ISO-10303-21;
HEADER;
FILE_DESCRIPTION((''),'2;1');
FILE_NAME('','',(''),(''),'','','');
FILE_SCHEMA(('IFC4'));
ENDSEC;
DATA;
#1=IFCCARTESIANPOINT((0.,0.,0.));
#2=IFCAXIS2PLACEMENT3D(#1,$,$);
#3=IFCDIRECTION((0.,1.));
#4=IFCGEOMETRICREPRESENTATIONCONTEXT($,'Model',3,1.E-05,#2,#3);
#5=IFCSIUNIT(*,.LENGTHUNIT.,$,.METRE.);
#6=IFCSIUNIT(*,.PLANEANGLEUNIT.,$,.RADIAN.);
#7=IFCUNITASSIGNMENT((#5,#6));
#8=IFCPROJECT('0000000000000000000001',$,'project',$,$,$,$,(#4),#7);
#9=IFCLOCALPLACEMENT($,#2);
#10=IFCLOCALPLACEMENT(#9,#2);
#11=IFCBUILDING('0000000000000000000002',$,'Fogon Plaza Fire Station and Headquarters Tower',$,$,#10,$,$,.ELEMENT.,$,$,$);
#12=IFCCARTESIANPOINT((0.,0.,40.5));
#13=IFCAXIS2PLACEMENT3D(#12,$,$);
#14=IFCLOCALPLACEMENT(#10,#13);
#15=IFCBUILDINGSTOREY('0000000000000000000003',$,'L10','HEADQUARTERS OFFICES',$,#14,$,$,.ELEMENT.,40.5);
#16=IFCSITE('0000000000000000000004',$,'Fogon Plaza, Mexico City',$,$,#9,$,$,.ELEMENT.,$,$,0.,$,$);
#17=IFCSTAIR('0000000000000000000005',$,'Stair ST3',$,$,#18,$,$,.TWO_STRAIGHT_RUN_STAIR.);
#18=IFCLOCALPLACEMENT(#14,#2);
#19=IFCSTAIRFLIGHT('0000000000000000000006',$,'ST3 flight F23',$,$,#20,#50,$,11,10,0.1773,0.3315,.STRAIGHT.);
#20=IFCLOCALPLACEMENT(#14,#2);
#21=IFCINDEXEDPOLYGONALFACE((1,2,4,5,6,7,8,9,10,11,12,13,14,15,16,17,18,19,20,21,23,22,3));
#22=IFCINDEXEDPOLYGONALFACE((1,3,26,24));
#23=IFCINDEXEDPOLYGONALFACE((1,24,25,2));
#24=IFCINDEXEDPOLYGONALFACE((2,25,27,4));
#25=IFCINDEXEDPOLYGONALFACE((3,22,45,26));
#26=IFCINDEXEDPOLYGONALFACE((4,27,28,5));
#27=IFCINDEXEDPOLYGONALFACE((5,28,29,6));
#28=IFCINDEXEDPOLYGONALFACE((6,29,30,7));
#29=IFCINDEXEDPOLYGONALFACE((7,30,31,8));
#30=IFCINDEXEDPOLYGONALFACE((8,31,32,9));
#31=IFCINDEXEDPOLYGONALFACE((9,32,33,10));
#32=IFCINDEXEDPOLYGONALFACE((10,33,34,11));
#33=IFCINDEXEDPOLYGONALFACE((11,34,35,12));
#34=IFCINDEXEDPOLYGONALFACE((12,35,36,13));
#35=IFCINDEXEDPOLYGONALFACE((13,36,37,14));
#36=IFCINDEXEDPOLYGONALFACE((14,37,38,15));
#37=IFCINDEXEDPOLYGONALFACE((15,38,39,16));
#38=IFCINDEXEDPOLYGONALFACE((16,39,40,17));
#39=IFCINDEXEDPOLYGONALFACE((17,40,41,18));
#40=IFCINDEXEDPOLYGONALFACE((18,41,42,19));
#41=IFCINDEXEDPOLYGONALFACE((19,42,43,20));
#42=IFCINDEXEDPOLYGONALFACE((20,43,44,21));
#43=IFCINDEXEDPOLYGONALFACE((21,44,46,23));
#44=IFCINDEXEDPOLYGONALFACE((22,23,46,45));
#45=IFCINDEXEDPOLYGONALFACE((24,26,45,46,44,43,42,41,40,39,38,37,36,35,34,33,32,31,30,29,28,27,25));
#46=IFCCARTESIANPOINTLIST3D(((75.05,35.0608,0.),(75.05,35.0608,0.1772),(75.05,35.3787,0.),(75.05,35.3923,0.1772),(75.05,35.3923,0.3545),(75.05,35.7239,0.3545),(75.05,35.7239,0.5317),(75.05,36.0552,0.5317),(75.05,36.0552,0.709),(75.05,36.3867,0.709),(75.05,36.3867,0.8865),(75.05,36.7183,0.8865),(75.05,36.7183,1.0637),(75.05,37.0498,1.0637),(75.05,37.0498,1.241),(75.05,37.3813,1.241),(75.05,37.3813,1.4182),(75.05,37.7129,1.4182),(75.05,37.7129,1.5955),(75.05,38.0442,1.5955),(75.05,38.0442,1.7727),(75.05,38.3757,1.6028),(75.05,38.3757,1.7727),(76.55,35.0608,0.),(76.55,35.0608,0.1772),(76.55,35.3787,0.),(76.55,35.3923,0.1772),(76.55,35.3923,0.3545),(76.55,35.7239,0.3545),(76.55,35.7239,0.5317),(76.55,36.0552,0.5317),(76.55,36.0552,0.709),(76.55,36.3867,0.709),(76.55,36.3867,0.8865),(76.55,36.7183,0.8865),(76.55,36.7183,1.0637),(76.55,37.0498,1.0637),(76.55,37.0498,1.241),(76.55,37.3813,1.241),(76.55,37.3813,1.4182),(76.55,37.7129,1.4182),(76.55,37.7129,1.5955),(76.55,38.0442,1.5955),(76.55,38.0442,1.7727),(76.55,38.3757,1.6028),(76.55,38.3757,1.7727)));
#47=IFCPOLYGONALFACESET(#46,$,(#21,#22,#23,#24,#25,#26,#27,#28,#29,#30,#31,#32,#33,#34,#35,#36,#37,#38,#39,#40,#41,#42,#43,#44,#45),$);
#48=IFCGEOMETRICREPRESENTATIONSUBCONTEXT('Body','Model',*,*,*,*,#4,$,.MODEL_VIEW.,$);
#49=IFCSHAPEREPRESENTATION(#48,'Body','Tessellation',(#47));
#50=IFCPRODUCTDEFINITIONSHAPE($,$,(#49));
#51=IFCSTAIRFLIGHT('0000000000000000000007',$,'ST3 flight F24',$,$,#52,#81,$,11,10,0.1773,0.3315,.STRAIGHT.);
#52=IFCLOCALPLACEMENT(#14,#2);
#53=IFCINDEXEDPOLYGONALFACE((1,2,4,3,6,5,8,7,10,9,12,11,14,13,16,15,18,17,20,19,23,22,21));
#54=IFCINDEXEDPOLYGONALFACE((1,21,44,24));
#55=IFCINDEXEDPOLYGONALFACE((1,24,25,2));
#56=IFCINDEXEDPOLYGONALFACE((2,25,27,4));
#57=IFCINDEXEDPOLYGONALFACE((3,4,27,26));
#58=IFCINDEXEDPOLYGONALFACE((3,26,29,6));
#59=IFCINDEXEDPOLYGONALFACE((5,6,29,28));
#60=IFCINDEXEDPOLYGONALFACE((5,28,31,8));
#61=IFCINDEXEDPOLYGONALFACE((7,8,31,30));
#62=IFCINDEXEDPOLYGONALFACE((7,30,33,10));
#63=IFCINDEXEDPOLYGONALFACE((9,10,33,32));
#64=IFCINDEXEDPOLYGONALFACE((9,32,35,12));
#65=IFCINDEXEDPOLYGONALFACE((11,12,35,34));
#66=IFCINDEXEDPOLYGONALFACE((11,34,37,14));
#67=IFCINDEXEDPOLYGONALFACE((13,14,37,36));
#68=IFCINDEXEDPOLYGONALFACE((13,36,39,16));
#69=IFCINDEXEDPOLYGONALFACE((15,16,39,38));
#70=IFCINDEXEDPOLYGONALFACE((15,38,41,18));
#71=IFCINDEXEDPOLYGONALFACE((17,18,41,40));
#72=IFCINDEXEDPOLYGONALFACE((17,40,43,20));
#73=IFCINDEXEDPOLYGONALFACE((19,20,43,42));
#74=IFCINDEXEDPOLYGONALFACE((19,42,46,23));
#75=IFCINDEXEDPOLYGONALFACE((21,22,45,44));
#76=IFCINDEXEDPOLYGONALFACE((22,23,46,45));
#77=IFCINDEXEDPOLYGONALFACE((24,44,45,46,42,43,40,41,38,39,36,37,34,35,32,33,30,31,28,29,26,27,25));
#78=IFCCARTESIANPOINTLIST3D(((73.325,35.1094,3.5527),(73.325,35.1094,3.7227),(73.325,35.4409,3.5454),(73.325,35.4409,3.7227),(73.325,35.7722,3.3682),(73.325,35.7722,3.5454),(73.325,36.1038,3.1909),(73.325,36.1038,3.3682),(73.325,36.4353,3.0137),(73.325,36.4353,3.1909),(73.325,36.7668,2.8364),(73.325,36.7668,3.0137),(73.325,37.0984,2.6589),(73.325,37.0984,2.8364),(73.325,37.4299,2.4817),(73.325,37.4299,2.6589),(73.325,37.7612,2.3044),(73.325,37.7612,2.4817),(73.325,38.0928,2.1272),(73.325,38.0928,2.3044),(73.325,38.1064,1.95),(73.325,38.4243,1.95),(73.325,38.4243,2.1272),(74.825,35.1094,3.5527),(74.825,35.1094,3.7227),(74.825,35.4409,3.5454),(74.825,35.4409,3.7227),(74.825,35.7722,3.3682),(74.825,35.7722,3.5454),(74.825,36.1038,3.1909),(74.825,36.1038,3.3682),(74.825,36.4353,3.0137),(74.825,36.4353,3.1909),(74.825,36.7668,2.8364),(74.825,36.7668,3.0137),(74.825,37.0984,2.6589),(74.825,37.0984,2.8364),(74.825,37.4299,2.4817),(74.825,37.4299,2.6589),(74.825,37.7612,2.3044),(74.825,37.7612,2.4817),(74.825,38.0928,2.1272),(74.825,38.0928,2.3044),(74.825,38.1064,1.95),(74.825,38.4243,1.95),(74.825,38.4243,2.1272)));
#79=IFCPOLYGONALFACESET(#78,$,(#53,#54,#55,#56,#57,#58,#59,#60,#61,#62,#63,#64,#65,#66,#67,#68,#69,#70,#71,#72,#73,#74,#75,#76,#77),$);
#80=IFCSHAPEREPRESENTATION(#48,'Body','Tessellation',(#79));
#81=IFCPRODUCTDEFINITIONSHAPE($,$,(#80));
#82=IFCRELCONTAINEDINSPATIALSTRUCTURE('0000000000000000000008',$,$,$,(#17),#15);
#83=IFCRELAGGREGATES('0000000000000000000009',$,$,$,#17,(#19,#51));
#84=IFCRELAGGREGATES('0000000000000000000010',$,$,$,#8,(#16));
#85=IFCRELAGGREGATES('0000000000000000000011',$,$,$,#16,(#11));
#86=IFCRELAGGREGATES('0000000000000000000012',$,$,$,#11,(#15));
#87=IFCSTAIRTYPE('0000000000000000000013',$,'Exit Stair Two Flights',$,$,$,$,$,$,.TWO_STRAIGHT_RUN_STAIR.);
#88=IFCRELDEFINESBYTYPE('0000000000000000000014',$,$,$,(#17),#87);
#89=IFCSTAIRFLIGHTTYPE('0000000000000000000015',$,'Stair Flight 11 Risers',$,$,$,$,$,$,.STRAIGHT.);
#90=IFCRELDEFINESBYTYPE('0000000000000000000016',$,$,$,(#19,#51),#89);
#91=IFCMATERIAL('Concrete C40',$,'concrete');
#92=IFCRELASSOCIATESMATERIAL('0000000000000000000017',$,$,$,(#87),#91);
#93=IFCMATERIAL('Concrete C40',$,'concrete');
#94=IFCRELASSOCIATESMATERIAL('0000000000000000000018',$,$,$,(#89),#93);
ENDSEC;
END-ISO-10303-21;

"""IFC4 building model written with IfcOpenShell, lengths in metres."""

from ifc_helpers import new_model, si_unit, direction, frame, origin, place, context, subcontext, project, spatial, polyline, outline, extrude, material, type_object, element, aggregate, save


model = new_model("IFC4")

# Units and contexts
model_context = context("Model", 3, precision=1e-05, world=origin(), true_north=direction((0.0, 1.0)))
body_context = subcontext(model_context, "Body", "Model", "MODEL_VIEW")
ifc_project = project(units=[si_unit("LENGTHUNIT", "METRE"), si_unit("PLANEANGLEUNIT", "RADIAN")], contexts=[model_context])

# Site, building, storey
site_placement = place(None, origin())
site = spatial("IfcSite", under=ifc_project, at=site_placement, Name="Fogon Plaza, Mexico City", CompositionType="ELEMENT", RefElevation=0.0)
building_placement = place(site_placement, origin())
building = spatial("IfcBuilding", under=site, at=building_placement, Name="Fogon Plaza Fire Station and Headquarters Tower", CompositionType="ELEMENT")
storey_placement = place(building_placement, frame((0.0, 0.0, 40.5)))
storey = spatial("IfcBuildingStorey", under=building, at=storey_placement, Name="L10", Description="HEADQUARTERS OFFICES", CompositionType="ELEMENT", Elevation=40.5)

# Stair, stair flights
ifc_material_1 = material(Name="Concrete C40", Category="concrete")
stair_type = type_object("IfcStairType", Name="Exit Stair Two Flights", PredefinedType="TWO_STRAIGHT_RUN_STAIR", material=ifc_material_1)
stair_placement = place(storey_placement, origin())
stair = element("IfcStair", 1, at=stair_placement, inside=storey, type_object=stair_type, Name="Stair ST3", PredefinedType="TWO_STRAIGHT_RUN_STAIR")
ifc_material_2 = material(Name="Concrete C40", Category="concrete")
stair_flight_type = type_object("IfcStairFlightType", Name="Stair Flight 11 Risers", PredefinedType="STRAIGHT", material=ifc_material_2)
stair_flight_1_placement = place(storey_placement, frame((75.8, 35.0608, 0.0), z_axis=(0.0, 0.0, 1.0), x_axis=(0.0, 1.0, 0.0)))
stair_flight_1 = element("IfcStairFlight", 2, at=stair_flight_1_placement, type_object=stair_flight_type, Name="ST3 flight F23", NumberOfRisers=11, NumberOfTreads=10, PredefinedType="STRAIGHT", RiserHeight=0.1773, TreadLength=0.3315, context=body_context, shape_type="SweptSolid", body=[
    extrude(outline(polyline([(0.0, 0.0), (0.0, 0.1772), (0.3315, 0.1772), (0.3315, 0.3545), (0.6631, 0.3545), (0.6631, 0.5317), (0.9944, 0.5317), (0.9944, 0.709), (1.3259, 0.709), (1.3259, 0.8865), (1.6575, 0.8865), (1.6575, 1.0637), (1.989, 1.0637), (1.989, 1.241), (2.3206, 1.241), (2.3206, 1.4182), (2.6521, 1.4182), (2.6521, 1.5955), (2.9834, 1.5955), (2.9834, 1.7727), (3.3149, 1.7727), (3.3149, 1.95), (3.3149, 1.6028), (0.3179, 0.0), (0.0, 0.0)])), frame((0.0, 0.75, 0.0), z_axis=(0.0, -1.0, 0.0), x_axis=(1.0, 0.0, 0.0)), (0.0, 0.0, 1.0), 1.5),
])
stair_flight_2_placement = place(storey_placement, frame((74.075, 38.4243, 1.95), z_axis=(0.0, 0.0, 1.0), x_axis=(0.0, -1.0, 0.0)))
stair_flight_2 = element("IfcStairFlight", 3, at=stair_flight_2_placement, type_object=stair_flight_type, Name="ST3 flight F24", NumberOfRisers=11, NumberOfTreads=10, PredefinedType="STRAIGHT", RiserHeight=0.1773, TreadLength=0.3315, context=body_context, shape_type="SweptSolid", body=[
    extrude(outline(polyline([(0.0, 0.0), (0.0, 0.1772), (0.3315, 0.1772), (0.3315, 0.3545), (0.6631, 0.3545), (0.6631, 0.5317), (0.9944, 0.5317), (0.9944, 0.709), (1.3259, 0.709), (1.3259, 0.8865), (1.6575, 0.8865), (1.6575, 1.0637), (1.989, 1.0637), (1.989, 1.241), (2.3206, 1.241), (2.3206, 1.4182), (2.6521, 1.4182), (2.6521, 1.5955), (2.9834, 1.5955), (2.9834, 1.7727), (3.3149, 1.7727), (3.3149, 1.95), (3.3149, 1.6028), (0.3179, 0.0), (0.0, 0.0)])), frame((0.0, 0.75, 0.0), z_axis=(0.0, -1.0, 0.0), x_axis=(1.0, 0.0, 0.0)), (0.0, 0.0, 1.0), 1.5),
])
aggregate(stair, [stair_flight_1, stair_flight_2])

save(model, "model.ifc")
